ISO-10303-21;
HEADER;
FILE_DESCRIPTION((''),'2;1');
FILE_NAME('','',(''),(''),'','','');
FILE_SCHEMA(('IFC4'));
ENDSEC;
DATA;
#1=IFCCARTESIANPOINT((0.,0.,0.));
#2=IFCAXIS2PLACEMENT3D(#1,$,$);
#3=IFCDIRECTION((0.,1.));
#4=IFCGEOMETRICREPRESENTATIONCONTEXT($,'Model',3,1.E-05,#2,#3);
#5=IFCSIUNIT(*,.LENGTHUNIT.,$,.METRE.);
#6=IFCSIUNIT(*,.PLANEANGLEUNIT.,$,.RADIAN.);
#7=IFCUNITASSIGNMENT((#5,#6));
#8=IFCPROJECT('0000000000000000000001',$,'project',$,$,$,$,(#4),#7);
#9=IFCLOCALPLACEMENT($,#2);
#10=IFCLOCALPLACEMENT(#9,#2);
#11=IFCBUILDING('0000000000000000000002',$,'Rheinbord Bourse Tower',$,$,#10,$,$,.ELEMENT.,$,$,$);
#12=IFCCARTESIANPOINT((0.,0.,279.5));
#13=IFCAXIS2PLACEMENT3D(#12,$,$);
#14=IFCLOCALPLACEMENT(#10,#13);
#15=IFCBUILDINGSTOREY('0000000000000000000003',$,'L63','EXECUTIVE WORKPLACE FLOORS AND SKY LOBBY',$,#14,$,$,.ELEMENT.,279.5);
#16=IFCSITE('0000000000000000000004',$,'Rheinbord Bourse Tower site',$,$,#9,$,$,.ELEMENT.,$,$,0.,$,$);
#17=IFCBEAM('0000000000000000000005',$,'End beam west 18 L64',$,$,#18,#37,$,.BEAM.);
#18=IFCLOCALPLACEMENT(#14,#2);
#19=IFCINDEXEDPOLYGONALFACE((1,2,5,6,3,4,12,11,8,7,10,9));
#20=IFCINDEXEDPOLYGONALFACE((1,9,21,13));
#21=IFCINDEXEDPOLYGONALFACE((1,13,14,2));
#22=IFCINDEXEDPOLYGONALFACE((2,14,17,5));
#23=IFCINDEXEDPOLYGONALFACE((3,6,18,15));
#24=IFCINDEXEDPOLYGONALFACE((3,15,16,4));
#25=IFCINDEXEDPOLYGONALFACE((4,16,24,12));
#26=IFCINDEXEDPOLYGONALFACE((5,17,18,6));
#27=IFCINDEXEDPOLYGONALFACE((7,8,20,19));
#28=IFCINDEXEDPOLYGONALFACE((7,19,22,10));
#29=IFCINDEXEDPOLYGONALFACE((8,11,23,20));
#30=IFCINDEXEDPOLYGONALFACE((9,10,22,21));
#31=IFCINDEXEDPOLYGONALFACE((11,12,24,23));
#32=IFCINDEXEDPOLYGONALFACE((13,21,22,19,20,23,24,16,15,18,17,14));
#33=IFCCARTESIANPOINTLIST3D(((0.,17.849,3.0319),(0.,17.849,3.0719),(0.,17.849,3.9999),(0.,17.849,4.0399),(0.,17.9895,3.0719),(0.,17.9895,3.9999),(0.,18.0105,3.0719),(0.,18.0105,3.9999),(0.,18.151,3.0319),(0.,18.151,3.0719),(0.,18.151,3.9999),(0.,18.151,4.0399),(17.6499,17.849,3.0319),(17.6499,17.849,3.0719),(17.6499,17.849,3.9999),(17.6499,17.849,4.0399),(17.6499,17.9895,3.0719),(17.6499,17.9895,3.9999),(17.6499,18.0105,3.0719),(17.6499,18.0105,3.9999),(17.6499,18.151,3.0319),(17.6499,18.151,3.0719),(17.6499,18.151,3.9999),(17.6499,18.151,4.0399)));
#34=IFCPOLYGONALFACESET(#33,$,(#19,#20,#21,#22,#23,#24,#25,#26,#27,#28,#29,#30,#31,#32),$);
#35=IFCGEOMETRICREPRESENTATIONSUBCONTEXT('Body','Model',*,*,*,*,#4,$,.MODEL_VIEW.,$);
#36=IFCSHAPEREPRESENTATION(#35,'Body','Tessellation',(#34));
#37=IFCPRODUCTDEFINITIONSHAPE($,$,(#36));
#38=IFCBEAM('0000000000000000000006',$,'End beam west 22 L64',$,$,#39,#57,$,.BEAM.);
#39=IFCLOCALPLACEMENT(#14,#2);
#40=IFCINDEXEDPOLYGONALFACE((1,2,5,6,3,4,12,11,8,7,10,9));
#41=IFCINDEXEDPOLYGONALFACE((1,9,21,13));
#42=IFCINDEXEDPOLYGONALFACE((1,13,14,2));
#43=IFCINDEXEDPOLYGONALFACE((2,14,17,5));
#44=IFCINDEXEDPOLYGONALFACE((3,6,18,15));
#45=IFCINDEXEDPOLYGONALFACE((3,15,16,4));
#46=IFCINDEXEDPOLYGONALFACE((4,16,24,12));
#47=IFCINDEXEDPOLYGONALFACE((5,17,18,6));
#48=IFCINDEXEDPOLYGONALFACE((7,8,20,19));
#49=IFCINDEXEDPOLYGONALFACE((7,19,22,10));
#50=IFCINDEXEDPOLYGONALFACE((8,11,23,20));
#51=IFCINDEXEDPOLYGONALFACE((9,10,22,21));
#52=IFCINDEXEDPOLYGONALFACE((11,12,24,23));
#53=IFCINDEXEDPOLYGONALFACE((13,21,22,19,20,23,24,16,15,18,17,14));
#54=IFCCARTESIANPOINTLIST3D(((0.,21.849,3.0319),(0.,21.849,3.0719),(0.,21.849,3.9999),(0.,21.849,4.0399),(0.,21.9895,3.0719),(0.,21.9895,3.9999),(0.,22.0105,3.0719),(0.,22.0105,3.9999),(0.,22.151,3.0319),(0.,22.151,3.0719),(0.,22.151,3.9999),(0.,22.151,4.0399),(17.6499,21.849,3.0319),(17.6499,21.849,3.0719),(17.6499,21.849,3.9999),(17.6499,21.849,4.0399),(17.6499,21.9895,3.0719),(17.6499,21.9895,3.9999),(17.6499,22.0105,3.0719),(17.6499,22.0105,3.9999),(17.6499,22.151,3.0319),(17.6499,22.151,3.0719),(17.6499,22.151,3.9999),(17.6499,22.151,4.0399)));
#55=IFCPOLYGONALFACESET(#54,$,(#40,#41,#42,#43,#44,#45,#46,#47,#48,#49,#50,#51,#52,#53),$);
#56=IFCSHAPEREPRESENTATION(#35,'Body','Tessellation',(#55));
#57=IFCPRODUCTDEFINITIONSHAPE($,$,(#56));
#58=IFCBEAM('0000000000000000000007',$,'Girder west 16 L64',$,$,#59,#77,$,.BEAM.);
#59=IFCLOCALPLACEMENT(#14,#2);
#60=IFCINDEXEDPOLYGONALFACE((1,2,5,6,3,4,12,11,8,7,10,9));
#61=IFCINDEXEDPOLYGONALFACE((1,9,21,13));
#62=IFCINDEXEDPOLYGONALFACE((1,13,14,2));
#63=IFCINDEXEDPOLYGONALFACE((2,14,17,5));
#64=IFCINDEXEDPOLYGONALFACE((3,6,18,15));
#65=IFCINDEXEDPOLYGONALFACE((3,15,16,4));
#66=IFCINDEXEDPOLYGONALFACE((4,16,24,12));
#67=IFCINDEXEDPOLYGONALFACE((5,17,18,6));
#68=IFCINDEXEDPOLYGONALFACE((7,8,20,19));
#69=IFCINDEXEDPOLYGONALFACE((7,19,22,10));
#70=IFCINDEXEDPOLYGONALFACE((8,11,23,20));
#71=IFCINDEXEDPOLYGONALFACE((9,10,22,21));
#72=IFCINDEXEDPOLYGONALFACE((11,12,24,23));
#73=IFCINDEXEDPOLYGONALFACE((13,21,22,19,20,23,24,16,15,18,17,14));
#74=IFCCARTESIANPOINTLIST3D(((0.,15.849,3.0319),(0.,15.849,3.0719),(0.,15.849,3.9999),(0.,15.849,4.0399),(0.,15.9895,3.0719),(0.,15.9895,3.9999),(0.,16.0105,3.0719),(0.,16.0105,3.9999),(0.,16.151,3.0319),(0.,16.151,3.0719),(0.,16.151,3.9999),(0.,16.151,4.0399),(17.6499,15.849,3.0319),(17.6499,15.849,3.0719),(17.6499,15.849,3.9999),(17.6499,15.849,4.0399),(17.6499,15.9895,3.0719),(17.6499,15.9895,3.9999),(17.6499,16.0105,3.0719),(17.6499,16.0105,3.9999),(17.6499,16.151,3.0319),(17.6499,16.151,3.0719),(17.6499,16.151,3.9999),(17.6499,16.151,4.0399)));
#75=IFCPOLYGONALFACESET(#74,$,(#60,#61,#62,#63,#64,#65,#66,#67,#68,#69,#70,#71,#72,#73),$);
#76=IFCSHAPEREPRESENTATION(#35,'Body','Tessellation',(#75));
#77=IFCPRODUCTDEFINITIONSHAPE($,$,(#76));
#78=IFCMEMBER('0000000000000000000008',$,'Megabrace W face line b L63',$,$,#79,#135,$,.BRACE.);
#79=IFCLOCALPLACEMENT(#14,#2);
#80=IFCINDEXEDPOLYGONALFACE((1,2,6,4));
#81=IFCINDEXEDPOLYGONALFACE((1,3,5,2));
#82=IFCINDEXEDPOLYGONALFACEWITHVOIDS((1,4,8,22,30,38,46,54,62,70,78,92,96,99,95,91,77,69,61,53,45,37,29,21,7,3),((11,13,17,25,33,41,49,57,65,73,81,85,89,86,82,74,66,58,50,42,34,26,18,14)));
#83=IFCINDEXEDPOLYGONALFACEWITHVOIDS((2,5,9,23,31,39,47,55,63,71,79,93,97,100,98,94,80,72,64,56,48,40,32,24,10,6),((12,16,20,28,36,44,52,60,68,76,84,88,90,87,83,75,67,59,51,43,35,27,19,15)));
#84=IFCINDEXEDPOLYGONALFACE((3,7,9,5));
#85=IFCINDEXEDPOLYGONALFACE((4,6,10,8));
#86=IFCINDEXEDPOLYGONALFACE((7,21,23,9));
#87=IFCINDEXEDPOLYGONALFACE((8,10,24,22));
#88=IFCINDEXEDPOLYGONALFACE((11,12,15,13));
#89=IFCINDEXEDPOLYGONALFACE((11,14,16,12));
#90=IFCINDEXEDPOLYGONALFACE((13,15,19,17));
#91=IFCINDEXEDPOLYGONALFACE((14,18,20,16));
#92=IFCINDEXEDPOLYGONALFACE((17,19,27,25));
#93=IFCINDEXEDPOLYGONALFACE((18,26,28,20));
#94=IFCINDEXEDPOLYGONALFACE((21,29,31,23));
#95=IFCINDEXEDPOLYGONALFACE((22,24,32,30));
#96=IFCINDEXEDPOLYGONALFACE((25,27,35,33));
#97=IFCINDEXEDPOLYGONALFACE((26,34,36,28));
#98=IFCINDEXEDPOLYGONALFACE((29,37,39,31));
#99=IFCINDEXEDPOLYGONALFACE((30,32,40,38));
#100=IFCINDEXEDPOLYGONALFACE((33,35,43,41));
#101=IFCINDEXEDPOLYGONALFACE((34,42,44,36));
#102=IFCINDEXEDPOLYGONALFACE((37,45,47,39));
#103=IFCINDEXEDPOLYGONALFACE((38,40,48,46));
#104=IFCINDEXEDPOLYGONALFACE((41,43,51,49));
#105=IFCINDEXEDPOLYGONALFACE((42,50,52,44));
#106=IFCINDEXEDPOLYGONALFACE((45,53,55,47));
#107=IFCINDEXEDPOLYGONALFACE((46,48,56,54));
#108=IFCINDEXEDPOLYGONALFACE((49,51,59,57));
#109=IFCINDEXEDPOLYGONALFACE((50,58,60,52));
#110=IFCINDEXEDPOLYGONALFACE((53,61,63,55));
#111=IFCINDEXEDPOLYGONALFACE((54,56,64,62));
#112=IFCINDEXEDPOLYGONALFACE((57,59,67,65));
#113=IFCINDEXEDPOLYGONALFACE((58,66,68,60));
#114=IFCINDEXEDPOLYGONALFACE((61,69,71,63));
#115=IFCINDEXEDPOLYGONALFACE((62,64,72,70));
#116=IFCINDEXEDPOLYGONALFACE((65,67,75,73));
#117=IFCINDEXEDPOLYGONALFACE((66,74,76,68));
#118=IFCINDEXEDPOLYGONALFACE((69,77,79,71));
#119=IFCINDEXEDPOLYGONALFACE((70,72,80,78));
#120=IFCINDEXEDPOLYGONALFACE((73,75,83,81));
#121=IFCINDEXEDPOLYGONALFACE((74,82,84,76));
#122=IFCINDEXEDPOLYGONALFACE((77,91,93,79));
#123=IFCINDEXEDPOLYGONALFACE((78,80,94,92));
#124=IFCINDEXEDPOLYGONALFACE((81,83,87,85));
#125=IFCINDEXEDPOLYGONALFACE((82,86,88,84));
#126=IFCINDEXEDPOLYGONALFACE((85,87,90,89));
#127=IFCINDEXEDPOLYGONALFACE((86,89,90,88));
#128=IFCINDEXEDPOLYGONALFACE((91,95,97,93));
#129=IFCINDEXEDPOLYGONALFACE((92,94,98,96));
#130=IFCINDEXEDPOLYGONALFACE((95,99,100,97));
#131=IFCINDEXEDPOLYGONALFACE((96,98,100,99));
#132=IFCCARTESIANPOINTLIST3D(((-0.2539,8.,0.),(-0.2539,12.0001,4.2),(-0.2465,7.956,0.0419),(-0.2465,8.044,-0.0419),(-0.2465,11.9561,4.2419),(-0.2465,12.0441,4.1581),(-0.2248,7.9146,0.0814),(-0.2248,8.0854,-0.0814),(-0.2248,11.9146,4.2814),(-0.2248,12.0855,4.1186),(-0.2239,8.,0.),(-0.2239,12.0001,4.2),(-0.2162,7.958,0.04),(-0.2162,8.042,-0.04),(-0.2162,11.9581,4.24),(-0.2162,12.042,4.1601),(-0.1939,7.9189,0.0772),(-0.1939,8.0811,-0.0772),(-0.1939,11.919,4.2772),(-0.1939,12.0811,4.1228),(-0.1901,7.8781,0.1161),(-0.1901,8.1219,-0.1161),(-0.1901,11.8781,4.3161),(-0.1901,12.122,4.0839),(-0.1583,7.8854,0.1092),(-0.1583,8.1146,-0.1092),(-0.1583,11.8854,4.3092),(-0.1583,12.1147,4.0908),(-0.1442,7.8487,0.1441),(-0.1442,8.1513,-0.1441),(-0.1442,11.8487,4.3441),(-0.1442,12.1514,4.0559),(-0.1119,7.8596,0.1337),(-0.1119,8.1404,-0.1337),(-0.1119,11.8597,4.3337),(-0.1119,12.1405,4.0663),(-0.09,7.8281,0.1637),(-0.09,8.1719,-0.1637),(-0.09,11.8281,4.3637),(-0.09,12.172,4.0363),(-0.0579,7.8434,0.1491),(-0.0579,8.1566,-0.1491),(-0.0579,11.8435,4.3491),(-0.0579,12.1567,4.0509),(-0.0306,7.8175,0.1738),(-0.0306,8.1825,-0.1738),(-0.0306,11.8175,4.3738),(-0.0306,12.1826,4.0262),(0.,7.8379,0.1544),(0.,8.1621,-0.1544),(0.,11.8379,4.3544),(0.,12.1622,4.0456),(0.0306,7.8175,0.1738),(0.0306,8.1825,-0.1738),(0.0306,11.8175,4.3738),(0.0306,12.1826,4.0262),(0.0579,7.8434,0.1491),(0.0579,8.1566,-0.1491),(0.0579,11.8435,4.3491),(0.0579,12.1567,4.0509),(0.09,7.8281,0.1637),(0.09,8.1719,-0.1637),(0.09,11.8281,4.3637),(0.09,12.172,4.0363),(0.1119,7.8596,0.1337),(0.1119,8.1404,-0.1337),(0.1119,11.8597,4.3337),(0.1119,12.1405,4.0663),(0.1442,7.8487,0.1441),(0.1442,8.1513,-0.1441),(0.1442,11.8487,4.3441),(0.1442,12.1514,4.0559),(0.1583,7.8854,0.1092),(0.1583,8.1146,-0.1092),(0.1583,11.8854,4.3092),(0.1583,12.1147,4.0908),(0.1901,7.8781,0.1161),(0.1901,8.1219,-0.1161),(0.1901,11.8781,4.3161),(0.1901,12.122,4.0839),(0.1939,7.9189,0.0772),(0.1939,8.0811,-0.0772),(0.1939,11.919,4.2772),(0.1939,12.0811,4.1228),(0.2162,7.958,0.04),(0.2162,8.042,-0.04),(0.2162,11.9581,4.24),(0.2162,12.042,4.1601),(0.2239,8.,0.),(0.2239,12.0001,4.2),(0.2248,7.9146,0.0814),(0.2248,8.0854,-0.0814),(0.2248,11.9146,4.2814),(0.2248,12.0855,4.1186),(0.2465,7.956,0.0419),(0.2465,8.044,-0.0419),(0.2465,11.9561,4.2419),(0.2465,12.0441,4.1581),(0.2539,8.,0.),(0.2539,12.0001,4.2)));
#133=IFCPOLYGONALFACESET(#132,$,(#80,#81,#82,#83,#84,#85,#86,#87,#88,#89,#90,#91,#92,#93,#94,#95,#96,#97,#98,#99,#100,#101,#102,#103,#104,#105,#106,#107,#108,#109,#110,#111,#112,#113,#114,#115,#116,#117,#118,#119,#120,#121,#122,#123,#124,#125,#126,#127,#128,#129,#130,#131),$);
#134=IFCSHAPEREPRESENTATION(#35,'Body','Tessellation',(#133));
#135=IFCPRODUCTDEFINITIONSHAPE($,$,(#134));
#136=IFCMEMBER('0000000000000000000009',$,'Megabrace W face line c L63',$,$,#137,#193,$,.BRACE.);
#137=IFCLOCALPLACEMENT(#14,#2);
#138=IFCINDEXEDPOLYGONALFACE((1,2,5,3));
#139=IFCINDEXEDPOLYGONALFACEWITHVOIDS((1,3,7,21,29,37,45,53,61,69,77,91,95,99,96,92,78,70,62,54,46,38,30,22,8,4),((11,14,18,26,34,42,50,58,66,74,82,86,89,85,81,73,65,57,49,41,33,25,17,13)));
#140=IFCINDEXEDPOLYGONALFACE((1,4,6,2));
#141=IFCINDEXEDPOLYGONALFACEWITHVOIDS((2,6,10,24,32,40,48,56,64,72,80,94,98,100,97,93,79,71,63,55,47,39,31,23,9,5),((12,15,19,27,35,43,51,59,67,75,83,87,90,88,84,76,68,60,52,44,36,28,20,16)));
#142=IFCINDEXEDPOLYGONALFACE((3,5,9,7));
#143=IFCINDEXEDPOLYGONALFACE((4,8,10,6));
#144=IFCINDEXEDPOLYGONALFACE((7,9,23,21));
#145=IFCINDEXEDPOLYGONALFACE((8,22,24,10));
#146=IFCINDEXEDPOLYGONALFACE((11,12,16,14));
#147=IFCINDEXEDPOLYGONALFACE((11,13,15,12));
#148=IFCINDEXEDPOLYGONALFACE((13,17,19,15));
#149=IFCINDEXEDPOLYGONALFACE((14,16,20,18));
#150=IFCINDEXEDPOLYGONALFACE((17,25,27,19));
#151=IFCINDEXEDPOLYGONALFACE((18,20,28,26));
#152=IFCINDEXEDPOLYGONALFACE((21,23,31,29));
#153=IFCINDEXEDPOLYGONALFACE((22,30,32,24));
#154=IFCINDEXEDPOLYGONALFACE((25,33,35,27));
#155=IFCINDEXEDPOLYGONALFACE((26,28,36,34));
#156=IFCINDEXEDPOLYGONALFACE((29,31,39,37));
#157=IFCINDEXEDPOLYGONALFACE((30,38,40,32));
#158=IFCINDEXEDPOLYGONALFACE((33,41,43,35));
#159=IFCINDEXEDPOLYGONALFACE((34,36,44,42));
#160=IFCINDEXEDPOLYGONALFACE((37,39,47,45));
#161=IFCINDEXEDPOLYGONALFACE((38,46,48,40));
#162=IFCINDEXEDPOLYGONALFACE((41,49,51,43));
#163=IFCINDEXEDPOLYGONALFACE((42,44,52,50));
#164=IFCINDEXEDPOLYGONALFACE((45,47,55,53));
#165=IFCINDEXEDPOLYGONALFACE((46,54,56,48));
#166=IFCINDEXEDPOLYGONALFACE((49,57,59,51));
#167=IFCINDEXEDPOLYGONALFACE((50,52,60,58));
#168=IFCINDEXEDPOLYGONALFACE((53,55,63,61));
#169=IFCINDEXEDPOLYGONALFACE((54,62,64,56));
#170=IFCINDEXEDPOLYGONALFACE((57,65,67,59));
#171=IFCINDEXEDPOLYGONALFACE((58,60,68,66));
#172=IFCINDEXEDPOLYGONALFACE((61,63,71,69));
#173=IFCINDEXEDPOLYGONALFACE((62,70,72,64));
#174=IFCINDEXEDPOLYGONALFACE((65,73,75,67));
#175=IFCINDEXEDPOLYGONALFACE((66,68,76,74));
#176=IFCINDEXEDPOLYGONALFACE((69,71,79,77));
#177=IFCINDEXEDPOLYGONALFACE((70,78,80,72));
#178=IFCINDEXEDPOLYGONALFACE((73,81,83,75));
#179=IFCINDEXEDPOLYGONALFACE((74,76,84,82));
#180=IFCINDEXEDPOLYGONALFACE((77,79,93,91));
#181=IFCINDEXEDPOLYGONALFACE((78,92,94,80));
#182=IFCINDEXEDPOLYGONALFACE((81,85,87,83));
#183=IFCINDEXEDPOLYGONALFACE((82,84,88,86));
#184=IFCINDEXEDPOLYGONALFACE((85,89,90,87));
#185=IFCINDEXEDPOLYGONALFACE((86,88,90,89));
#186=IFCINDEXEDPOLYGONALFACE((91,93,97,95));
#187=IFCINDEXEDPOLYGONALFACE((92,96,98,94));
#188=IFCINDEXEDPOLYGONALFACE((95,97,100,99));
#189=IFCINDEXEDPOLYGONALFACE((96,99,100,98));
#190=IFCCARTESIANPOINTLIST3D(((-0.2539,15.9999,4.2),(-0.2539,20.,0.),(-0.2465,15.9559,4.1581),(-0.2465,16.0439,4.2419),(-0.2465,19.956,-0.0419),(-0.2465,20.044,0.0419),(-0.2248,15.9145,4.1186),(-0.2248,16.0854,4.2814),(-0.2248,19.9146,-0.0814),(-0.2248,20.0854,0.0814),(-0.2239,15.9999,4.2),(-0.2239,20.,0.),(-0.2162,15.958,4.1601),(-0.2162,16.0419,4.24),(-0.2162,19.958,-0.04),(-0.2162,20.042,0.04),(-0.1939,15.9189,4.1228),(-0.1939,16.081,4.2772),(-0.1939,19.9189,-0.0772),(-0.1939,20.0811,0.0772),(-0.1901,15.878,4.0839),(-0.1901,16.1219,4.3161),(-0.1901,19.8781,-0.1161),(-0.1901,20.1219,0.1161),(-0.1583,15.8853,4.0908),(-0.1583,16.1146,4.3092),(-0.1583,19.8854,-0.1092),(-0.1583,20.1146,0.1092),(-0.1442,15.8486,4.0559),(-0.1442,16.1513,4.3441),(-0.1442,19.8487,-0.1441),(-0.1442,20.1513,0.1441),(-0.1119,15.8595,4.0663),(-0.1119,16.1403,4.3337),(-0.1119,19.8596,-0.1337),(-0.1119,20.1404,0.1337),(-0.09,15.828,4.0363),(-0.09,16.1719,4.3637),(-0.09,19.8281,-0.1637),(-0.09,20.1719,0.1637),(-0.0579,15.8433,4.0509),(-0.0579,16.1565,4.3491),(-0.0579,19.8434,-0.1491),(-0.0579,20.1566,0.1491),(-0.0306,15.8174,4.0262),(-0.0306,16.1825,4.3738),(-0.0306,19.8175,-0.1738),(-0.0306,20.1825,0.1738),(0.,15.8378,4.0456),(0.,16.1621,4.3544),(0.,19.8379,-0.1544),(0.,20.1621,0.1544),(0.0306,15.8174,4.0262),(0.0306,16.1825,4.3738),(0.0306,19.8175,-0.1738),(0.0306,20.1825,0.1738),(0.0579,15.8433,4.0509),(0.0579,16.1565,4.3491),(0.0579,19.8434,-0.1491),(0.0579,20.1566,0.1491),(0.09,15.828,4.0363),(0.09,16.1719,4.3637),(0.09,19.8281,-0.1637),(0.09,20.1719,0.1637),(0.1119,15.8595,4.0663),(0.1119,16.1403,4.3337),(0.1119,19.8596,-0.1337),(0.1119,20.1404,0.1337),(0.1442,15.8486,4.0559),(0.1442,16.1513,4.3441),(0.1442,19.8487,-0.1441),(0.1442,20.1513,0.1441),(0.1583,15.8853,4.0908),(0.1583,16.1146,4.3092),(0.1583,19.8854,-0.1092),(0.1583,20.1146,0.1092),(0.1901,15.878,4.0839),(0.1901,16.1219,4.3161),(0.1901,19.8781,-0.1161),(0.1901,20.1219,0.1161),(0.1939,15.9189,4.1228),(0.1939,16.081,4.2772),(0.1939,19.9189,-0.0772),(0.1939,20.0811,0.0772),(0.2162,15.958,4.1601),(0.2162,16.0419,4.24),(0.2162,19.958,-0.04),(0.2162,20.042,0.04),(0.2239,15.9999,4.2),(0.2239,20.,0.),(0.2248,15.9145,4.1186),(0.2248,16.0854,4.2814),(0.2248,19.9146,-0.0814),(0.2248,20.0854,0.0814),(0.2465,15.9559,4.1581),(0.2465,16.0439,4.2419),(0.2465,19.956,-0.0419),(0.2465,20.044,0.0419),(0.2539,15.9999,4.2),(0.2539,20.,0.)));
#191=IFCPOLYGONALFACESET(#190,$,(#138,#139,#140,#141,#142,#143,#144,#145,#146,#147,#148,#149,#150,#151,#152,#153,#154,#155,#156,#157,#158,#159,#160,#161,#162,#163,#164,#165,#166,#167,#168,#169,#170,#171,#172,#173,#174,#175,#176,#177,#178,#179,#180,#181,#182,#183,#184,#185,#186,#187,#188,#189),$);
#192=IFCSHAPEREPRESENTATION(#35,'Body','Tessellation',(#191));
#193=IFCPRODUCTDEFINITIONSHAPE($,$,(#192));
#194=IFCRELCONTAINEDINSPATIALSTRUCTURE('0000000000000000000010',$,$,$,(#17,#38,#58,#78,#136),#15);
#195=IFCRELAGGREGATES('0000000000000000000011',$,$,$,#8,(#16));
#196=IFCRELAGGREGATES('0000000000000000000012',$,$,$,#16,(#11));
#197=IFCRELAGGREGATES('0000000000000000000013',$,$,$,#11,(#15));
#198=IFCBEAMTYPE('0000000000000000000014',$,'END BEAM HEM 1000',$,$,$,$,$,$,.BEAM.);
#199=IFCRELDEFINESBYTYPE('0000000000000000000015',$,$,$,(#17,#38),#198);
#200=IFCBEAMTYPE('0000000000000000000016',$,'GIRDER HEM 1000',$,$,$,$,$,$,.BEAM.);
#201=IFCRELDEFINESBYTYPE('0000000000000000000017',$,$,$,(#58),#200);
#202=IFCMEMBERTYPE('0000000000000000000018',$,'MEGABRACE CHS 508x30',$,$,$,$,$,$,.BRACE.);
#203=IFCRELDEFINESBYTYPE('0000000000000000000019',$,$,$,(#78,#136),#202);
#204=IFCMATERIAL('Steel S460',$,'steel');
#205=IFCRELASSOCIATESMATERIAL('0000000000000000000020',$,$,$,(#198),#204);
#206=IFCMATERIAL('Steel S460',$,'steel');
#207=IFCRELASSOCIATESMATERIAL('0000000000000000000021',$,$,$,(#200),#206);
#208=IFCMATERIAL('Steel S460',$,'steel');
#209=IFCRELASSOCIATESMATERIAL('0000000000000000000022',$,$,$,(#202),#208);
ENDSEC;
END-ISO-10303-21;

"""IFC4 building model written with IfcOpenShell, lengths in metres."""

from ifc_helpers import new_model, si_unit, direction, frame, origin, origin_2d, place, context, subcontext, project, spatial, hollow_circle, i_section, extrude, material, material_profile, profile_set, type_object, element, save


model = new_model("IFC4")

# Units and contexts
model_context = context("Model", 3, precision=1e-05, world=origin(), true_north=direction((0.0, 1.0)))
body_context = subcontext(model_context, "Body", "Model", "MODEL_VIEW")
ifc_project = project(units=[si_unit("LENGTHUNIT", "METRE"), si_unit("PLANEANGLEUNIT", "RADIAN")], contexts=[model_context])

# Site, building, storey
site_placement = place(None, origin())
site = spatial("IfcSite", under=ifc_project, at=site_placement, Name="Rheinbord Bourse Tower site", CompositionType="ELEMENT", RefElevation=0.0)
building_placement = place(site_placement, origin())
building = spatial("IfcBuilding", under=site, at=building_placement, Name="Rheinbord Bourse Tower", CompositionType="ELEMENT")
storey_placement = place(building_placement, frame((0.0, 0.0, 279.5)))
storey = spatial("IfcBuildingStorey", under=building, at=storey_placement, Name="L63", Description="EXECUTIVE WORKPLACE FLOORS AND SKY LOBBY", CompositionType="ELEMENT", Elevation=279.5)

# Beams
ifc_material_1 = material(Name="Steel S460", Category="steel")
ifc_material_profile_1 = material_profile(ifc_material_1, i_section(OverallWidth=0.302, OverallDepth=1.0081, WebThickness=0.021, FlangeThickness=0.04, at=origin_2d()), Name="HEM 1000")
ifc_profile_set_1 = profile_set([ifc_material_profile_1], Name="Steel S460")
beam_type_1 = type_object("IfcBeamType", Name="END BEAM HEM 1000", PredefinedType="BEAM", material=ifc_profile_set_1)
for number, where, z_axis, x_axis, name in (
    (1, (0.0, 18.0, 3.5359), (1.0, 0.0, 0.0), (0.0, 1.0, 0.0), "End beam west 18 L64"),
    (2, (0.0, 22.0, 3.5359), (1.0, 0.0, 0.0), (0.0, 1.0, 0.0), "End beam west 22 L64"),
):
    element("IfcBeam", number, at=place(storey_placement, frame(where, z_axis=z_axis, x_axis=x_axis)), inside=storey, type_object=beam_type_1, Name=name, PredefinedType="BEAM", context=body_context, shape_type="SweptSolid", body=[
        extrude(i_section(OverallWidth=0.302, OverallDepth=1.0081, WebThickness=0.021, FlangeThickness=0.04, at=origin_2d()), origin(), (0.0, 0.0, 1.0), 17.6499),
    ])
ifc_material_2 = material(Name="Steel S460", Category="steel")
ifc_material_profile_2 = material_profile(ifc_material_2, i_section(OverallWidth=0.302, OverallDepth=1.0081, WebThickness=0.021, FlangeThickness=0.04, at=origin_2d()), Name="HEM 1000")
ifc_profile_set_2 = profile_set([ifc_material_profile_2], Name="Steel S460")
beam_type_2 = type_object("IfcBeamType", Name="GIRDER HEM 1000", PredefinedType="BEAM", material=ifc_profile_set_2)
beam_1_placement = place(storey_placement, frame((0.0, 16.0, 3.5359), z_axis=(1.0, 0.0, 0.0), x_axis=(0.0, 1.0, 0.0)))
element("IfcBeam", 3, at=beam_1_placement, inside=storey, type_object=beam_type_2, Name="Girder west 16 L64", PredefinedType="BEAM", context=body_context, shape_type="SweptSolid", body=[
    extrude(i_section(OverallWidth=0.302, OverallDepth=1.0081, WebThickness=0.021, FlangeThickness=0.04, at=origin_2d()), origin(), (0.0, 0.0, 1.0), 17.6499),
])

# Members
ifc_material_3 = material(Name="Steel S460", Category="steel")
ifc_material_profile_3 = material_profile(ifc_material_3, hollow_circle(Radius=0.2539, WallThickness=0.03, at=origin_2d()), Name="CHS 508x30")
ifc_profile_set_3 = profile_set([ifc_material_profile_3], Name="Steel S460")
member_type_1 = type_object("IfcMemberType", Name="MEGABRACE CHS 508x30", PredefinedType="BRACE", material=ifc_profile_set_3)
for number, where, z_axis, x_axis, name in (
    (4, (0.0, 8.0, 0.0), (0.0, 0.689659, 0.724134), (-1.0, 0.0, 0.0), "Megabrace W face line b L63"),
    (5, (0.0, 20.0, 0.0), (0.0, -0.689659, 0.724134), (1.0, 0.0, 0.0), "Megabrace W face line c L63"),
):
    element("IfcMember", number, at=place(storey_placement, frame(where, z_axis=z_axis, x_axis=x_axis)), inside=storey, type_object=member_type_1, Name=name, PredefinedType="BRACE", context=body_context, shape_type="SweptSolid", body=[
        extrude(hollow_circle(Radius=0.2539, WallThickness=0.03, at=origin_2d()), origin(), (0.0, 0.0, 1.0), 5.8),
    ])

save(model, "model.ifc")
